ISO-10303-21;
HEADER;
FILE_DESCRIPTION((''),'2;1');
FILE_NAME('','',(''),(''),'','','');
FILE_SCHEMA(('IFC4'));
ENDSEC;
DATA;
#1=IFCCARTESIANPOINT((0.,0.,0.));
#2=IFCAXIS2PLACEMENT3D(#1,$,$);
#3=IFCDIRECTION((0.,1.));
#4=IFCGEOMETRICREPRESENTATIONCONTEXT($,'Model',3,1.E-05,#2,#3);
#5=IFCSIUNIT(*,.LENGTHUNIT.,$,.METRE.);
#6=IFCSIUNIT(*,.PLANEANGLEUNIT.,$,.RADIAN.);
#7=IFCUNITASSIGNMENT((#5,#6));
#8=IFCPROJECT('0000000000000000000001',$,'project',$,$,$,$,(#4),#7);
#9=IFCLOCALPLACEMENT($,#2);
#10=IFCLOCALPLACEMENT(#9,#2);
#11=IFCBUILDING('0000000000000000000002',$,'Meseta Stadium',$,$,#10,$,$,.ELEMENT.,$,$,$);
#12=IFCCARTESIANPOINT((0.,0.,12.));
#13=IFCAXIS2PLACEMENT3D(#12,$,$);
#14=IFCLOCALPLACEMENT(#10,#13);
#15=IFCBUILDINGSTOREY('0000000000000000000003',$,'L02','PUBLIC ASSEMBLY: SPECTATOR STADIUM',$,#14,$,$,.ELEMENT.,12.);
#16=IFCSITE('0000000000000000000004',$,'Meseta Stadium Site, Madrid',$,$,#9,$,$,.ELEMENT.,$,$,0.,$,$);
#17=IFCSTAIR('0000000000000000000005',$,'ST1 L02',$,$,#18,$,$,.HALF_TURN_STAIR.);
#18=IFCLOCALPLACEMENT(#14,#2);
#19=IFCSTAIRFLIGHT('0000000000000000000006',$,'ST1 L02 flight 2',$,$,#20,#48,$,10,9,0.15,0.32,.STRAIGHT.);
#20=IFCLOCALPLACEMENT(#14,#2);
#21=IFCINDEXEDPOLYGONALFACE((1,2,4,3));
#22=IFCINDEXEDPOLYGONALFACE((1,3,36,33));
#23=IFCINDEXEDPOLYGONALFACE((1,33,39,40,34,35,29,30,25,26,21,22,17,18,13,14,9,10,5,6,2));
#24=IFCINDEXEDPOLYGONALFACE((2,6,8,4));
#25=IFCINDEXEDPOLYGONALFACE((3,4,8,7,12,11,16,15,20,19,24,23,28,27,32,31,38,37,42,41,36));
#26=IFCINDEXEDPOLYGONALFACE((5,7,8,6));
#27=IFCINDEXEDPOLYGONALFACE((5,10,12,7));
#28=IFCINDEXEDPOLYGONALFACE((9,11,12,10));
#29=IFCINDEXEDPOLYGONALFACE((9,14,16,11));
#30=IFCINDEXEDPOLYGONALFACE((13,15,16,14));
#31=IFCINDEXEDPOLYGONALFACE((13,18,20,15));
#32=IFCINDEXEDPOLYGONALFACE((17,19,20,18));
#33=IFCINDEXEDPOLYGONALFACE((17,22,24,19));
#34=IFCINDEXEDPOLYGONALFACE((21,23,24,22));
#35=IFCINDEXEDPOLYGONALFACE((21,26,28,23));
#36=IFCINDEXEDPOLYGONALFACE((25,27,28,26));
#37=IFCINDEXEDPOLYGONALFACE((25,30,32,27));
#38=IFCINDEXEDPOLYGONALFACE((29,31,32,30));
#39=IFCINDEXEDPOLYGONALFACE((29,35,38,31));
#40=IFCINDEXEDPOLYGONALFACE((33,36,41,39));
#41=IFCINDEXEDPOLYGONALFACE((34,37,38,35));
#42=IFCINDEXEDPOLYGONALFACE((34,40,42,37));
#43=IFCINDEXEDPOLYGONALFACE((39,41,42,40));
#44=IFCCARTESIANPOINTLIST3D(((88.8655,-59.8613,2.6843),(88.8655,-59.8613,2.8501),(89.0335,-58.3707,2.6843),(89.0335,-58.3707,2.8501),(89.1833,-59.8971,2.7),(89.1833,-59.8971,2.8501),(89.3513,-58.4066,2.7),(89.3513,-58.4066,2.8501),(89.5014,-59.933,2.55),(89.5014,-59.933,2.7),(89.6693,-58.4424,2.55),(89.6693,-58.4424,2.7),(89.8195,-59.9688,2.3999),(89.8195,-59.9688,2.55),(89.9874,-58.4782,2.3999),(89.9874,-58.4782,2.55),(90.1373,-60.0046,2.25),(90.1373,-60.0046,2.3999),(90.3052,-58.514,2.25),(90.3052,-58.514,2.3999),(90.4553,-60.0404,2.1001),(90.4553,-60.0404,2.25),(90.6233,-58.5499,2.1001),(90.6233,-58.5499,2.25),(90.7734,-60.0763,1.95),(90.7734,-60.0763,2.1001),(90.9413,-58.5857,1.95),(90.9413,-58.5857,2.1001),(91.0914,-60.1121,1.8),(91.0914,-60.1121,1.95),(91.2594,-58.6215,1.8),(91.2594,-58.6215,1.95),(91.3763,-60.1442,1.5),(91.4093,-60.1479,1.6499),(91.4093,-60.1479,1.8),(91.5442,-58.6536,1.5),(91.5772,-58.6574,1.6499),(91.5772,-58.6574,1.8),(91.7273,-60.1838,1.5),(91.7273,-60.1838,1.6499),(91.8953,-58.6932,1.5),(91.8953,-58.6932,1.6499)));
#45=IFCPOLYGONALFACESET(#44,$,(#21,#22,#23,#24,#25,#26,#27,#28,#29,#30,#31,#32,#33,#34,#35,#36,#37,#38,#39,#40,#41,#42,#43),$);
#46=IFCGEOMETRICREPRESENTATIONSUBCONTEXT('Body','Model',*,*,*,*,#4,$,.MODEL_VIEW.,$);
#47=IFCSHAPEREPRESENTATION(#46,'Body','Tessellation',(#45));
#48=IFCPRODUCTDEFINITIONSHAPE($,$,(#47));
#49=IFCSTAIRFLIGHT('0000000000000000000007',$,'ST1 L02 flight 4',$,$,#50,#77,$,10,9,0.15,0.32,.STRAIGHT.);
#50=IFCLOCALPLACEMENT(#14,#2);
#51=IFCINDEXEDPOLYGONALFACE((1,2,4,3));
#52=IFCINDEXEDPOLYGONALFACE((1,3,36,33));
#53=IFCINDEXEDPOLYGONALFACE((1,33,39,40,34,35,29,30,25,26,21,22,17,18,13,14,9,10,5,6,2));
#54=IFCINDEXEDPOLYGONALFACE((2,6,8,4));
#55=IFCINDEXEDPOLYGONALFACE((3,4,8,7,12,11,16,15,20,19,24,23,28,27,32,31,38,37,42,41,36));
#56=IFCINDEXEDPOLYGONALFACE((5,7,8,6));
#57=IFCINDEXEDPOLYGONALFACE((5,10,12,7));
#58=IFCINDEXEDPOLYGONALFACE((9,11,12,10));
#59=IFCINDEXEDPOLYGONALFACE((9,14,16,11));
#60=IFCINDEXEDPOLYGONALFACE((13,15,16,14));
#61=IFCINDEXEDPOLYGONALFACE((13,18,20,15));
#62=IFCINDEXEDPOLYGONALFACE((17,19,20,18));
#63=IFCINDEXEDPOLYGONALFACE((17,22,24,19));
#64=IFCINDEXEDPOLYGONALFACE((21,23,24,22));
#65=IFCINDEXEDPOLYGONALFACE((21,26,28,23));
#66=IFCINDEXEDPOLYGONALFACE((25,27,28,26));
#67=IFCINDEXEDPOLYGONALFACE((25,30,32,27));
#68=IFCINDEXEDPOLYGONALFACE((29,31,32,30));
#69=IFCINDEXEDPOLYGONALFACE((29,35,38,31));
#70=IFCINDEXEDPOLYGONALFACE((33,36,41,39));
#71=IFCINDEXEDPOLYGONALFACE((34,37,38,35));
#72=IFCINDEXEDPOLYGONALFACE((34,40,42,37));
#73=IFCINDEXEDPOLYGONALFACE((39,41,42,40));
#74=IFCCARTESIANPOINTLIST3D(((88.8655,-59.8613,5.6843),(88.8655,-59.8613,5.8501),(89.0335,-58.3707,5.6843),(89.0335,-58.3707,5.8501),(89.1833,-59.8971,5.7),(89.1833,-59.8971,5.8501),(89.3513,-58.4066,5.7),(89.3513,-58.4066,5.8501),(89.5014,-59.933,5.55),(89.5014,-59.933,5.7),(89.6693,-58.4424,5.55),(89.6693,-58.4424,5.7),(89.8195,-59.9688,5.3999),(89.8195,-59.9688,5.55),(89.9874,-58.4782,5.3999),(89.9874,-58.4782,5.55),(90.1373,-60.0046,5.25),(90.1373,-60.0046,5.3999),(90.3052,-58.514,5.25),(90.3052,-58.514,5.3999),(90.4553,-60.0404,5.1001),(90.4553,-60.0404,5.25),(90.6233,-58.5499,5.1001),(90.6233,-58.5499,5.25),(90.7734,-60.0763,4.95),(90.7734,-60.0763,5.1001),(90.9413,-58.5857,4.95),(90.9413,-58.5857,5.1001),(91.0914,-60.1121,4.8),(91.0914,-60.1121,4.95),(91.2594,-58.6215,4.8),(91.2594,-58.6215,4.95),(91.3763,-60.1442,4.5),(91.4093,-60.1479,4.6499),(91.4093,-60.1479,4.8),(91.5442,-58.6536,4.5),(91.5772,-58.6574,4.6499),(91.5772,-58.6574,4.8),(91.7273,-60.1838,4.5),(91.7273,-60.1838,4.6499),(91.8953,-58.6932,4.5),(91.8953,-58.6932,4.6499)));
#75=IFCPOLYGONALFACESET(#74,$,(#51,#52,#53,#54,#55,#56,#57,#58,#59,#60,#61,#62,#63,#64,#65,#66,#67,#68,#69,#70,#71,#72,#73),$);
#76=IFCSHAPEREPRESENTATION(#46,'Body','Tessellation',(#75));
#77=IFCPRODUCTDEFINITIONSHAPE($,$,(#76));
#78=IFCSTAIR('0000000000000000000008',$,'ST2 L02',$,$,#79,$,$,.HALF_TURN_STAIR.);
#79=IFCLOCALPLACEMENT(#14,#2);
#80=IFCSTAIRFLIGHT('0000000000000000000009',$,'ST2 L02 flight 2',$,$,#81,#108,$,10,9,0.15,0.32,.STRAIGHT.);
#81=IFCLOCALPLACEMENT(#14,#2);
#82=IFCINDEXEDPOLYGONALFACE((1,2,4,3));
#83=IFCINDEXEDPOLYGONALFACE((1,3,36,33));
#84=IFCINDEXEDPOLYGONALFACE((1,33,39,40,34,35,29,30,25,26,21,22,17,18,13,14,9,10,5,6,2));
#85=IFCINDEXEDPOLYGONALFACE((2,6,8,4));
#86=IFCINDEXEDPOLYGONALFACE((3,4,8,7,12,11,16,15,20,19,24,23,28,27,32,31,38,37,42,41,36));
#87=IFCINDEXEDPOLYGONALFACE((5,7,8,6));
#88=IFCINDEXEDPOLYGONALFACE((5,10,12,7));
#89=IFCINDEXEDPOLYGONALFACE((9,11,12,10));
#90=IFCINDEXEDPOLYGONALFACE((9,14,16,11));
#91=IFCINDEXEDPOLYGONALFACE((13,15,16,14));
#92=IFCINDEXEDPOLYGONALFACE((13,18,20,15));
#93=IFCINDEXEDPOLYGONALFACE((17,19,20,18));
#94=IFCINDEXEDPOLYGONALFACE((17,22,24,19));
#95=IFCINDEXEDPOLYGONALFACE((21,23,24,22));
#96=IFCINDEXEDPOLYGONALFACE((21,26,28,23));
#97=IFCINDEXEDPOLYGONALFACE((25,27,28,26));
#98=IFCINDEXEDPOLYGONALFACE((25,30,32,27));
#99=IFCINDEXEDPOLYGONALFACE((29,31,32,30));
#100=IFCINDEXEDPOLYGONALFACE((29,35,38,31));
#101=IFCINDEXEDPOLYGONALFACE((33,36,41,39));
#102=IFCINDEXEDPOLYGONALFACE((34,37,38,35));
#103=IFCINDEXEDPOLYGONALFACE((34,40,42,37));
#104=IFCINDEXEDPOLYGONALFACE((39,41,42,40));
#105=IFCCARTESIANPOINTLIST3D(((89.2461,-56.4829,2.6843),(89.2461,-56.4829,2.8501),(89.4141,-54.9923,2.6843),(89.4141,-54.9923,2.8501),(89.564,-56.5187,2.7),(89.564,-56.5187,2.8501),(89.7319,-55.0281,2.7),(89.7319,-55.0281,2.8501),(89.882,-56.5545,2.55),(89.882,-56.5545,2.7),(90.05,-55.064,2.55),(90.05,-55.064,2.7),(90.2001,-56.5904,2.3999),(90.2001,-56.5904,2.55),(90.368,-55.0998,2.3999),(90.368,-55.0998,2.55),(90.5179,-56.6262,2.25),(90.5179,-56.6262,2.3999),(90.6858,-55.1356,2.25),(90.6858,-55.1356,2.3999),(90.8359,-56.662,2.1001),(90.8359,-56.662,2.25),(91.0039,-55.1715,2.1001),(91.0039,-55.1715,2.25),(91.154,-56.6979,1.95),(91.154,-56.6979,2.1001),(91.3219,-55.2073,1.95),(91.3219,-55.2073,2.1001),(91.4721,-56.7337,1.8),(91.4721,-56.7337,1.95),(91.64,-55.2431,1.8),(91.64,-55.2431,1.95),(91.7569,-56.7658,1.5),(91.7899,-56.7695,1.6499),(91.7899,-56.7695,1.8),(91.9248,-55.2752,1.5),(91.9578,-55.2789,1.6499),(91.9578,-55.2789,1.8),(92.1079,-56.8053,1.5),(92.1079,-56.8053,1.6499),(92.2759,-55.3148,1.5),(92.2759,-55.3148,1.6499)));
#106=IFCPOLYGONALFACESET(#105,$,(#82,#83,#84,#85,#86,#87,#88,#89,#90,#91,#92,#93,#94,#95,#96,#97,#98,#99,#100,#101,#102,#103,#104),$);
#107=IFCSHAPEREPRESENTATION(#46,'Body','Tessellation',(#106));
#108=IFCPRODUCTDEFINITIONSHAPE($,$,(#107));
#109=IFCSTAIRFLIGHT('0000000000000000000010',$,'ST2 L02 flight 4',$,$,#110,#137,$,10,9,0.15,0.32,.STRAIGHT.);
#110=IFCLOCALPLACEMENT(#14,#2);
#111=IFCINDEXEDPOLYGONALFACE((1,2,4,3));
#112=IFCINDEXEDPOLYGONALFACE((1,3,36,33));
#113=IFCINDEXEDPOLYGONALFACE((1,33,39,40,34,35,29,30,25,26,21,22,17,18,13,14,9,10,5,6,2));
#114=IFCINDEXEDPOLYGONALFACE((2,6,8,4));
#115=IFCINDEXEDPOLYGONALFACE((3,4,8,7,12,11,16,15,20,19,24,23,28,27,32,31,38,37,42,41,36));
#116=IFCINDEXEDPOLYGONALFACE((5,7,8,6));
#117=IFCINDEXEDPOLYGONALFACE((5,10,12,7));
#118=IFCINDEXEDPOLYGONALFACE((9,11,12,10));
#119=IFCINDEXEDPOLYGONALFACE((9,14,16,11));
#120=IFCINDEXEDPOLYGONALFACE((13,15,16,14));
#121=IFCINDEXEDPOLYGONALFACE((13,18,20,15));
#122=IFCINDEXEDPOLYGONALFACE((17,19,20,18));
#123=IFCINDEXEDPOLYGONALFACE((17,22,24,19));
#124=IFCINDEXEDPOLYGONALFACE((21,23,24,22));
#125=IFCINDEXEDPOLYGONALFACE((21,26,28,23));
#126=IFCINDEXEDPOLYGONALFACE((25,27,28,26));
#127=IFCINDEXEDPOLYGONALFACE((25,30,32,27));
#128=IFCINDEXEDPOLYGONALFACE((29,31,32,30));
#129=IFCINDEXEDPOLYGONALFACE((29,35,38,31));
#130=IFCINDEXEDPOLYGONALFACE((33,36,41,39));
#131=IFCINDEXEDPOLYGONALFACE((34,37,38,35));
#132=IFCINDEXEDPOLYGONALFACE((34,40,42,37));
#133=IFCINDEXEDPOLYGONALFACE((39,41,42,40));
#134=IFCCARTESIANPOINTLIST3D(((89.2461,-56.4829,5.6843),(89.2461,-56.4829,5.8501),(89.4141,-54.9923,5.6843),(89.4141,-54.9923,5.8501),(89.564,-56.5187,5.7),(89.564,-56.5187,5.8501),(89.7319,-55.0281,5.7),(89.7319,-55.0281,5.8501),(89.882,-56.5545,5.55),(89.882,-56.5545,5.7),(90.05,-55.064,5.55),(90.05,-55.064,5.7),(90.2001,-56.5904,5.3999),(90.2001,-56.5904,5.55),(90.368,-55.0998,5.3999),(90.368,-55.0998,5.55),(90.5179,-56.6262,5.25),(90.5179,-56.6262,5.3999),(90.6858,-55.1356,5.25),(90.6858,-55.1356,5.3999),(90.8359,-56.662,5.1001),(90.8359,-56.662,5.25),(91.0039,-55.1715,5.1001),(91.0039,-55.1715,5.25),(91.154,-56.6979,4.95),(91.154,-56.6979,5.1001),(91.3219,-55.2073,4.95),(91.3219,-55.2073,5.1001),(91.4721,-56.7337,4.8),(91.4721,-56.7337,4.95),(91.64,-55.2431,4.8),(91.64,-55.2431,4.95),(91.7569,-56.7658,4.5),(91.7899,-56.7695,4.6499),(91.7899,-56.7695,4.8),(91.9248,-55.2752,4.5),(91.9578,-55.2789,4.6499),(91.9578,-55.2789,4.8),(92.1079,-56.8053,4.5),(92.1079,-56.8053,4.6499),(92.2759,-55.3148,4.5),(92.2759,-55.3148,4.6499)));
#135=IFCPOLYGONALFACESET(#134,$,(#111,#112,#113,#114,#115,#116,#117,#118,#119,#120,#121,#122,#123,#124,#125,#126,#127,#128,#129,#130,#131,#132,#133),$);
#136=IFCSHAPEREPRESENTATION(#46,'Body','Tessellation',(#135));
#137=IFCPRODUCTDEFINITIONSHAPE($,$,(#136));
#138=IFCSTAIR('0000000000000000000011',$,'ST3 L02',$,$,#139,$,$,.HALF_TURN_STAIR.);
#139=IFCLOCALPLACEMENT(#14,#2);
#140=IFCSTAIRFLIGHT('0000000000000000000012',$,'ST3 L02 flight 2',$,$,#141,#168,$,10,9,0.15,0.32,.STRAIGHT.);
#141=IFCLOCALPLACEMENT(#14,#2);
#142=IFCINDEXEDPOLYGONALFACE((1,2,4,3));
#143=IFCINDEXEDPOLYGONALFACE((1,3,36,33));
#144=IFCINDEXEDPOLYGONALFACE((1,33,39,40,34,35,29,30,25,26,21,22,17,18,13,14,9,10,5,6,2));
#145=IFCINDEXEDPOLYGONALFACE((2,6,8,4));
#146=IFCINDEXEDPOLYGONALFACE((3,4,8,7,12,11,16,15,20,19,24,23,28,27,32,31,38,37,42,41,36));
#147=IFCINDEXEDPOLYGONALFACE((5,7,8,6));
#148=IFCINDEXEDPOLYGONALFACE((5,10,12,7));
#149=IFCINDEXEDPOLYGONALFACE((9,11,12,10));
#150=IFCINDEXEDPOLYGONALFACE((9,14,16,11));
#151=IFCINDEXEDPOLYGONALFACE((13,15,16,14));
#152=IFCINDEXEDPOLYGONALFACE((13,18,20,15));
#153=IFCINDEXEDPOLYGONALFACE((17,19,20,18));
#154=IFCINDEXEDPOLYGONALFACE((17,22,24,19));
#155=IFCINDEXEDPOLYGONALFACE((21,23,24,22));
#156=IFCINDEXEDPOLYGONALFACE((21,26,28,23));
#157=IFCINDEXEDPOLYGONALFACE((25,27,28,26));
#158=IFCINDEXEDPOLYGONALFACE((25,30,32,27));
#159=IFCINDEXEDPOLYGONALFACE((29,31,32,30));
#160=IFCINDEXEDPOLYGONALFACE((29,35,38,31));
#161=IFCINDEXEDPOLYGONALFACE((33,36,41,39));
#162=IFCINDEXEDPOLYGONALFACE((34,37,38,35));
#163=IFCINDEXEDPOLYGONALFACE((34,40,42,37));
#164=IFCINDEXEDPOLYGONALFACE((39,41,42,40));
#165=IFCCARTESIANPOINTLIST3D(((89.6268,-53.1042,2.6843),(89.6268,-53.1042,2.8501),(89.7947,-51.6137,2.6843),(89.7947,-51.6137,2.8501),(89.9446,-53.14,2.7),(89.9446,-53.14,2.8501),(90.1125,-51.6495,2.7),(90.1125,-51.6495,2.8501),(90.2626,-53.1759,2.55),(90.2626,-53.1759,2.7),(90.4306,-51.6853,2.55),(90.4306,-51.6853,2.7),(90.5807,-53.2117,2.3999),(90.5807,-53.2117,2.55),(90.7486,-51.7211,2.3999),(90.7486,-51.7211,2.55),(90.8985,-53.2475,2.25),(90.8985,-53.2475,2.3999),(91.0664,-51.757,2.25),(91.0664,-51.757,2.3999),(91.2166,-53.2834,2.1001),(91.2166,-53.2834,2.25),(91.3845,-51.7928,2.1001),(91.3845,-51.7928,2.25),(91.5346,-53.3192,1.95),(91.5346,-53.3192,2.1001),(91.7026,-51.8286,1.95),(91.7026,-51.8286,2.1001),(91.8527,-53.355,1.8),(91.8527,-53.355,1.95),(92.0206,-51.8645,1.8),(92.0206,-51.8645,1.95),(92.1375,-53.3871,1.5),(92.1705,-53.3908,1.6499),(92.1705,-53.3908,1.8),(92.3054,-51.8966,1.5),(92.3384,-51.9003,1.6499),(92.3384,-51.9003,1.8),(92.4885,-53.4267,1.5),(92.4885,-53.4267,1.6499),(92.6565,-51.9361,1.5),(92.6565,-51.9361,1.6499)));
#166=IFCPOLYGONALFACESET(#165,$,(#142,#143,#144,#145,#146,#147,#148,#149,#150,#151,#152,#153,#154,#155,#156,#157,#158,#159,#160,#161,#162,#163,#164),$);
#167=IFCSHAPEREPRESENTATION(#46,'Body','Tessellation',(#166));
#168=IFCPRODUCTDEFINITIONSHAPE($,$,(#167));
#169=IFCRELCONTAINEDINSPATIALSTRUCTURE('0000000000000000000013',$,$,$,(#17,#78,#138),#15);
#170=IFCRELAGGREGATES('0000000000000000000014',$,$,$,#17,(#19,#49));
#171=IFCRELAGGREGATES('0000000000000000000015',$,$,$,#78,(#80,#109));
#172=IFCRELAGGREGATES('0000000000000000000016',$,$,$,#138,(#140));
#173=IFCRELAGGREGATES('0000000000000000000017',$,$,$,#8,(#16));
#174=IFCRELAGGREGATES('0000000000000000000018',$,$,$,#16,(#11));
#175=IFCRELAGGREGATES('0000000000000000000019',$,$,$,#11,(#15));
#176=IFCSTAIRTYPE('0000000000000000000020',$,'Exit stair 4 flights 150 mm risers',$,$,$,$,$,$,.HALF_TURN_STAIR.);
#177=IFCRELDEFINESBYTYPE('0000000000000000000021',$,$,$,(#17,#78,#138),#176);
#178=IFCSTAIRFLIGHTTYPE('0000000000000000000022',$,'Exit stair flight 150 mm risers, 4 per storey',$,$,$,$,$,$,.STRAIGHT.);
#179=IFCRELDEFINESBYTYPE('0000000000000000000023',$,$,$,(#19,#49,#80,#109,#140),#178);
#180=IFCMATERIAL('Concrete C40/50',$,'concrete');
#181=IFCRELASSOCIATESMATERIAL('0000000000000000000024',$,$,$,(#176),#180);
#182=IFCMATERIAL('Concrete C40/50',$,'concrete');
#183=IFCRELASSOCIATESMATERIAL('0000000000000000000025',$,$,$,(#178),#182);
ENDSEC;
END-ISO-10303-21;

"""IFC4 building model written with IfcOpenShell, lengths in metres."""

from ifc_helpers import new_model, si_unit, direction, frame, origin, place, context, subcontext, project, spatial, polyline, outline, extrude, material, type_object, element, aggregate, save


model = new_model("IFC4")

# Units and contexts
model_context = context("Model", 3, precision=1e-05, world=origin(), true_north=direction((0.0, 1.0)))
body_context = subcontext(model_context, "Body", "Model", "MODEL_VIEW")
ifc_project = project(units=[si_unit("LENGTHUNIT", "METRE"), si_unit("PLANEANGLEUNIT", "RADIAN")], contexts=[model_context])

# Site, building, storey
site_placement = place(None, origin())
site = spatial("IfcSite", under=ifc_project, at=site_placement, Name="Meseta Stadium Site, Madrid", CompositionType="ELEMENT", RefElevation=0.0)
building_placement = place(site_placement, origin())
building = spatial("IfcBuilding", under=site, at=building_placement, Name="Meseta Stadium", CompositionType="ELEMENT")
storey_placement = place(building_placement, frame((0.0, 0.0, 12.0)))
storey = spatial("IfcBuildingStorey", under=building, at=storey_placement, Name="L02", Description="PUBLIC ASSEMBLY: SPECTATOR STADIUM", CompositionType="ELEMENT", Elevation=12.0)

# Stairs, stair flights
ifc_material_1 = material(Name="Concrete C40/50", Category="concrete")
stair_type = type_object("IfcStairType", Name="Exit stair 4 flights 150 mm risers", PredefinedType="HALF_TURN_STAIR", material=ifc_material_1)
stair_1_placement = place(storey_placement, origin())
stair_1 = element("IfcStair", 1, at=stair_1_placement, inside=storey, type_object=stair_type, Name="ST1 L02", PredefinedType="HALF_TURN_STAIR")
ifc_material_2 = material(Name="Concrete C40/50", Category="concrete")
stair_flight_type = type_object("IfcStairFlightType", Name="Exit stair flight 150 mm risers, 4 per storey", PredefinedType="STRAIGHT", material=ifc_material_2)
stair_flight_1_placement = place(storey_placement, frame((91.8113, -59.4385, 1.5), z_axis=(0.0, 0.0, 1.0), x_axis=(-0.993712, 0.111964, 0.0)))
stair_flight_1 = element("IfcStairFlight", 2, at=stair_flight_1_placement, type_object=stair_flight_type, Name="ST1 L02 flight 2", NumberOfRisers=10, NumberOfTreads=9, PredefinedType="STRAIGHT", RiserHeight=0.15, TreadLength=0.32, context=body_context, shape_type="SweptSolid", body=[
    extrude(outline(polyline([(0.0, 0.0), (0.0, 0.1499), (0.3201, 0.1499), (0.3201, 0.3), (0.6399, 0.3), (0.6399, 0.45), (0.96, 0.45), (0.96, 0.6001), (1.28, 0.6001), (1.28, 0.75), (1.6001, 0.75), (1.6001, 0.8999), (1.9199, 0.8999), (1.9199, 1.05), (2.24, 1.05), (2.24, 1.2), (2.5601, 1.2), (2.5601, 1.3501), (2.8799, 1.3501), (2.8799, 1.1843), (0.3533, 0.0), (0.0, 0.0)])), frame((0.0, 0.75, 0.0), z_axis=(0.0, -1.0, 0.0), x_axis=(1.0, 0.0, 0.0)), (0.0, 0.0, 1.0), 1.5),
])
stair_flight_2_placement = place(storey_placement, frame((91.8113, -59.4385, 4.5), z_axis=(0.0, 0.0, 1.0), x_axis=(-0.993712, 0.111964, 0.0)))
stair_flight_2 = element("IfcStairFlight", 3, at=stair_flight_2_placement, type_object=stair_flight_type, Name="ST1 L02 flight 4", NumberOfRisers=10, NumberOfTreads=9, PredefinedType="STRAIGHT", RiserHeight=0.15, TreadLength=0.32, context=body_context, shape_type="SweptSolid", body=[
    extrude(outline(polyline([(0.0, 0.0), (0.0, 0.1499), (0.3201, 0.1499), (0.3201, 0.3), (0.6399, 0.3), (0.6399, 0.45), (0.96, 0.45), (0.96, 0.6001), (1.28, 0.6001), (1.28, 0.75), (1.6001, 0.75), (1.6001, 0.8999), (1.9199, 0.8999), (1.9199, 1.05), (2.24, 1.05), (2.24, 1.2), (2.5601, 1.2), (2.5601, 1.3501), (2.8799, 1.3501), (2.8799, 1.1843), (0.3533, 0.0), (0.0, 0.0)])), frame((0.0, 0.75, 0.0), z_axis=(0.0, -1.0, 0.0), x_axis=(1.0, 0.0, 0.0)), (0.0, 0.0, 1.0), 1.5),
])
aggregate(stair_1, [stair_flight_1, stair_flight_2])
stair_2_placement = place(storey_placement, origin())
stair_2 = element("IfcStair", 4, at=stair_2_placement, inside=storey, type_object=stair_type, Name="ST2 L02", PredefinedType="HALF_TURN_STAIR")
stair_flight_3_placement = place(storey_placement, frame((92.1919, -56.0601, 1.5), z_axis=(0.0, 0.0, 1.0), x_axis=(-0.993712, 0.111964, 0.0)))
stair_flight_3 = element("IfcStairFlight", 5, at=stair_flight_3_placement, type_object=stair_flight_type, Name="ST2 L02 flight 2", NumberOfRisers=10, NumberOfTreads=9, PredefinedType="STRAIGHT", RiserHeight=0.15, TreadLength=0.32, context=body_context, shape_type="SweptSolid", body=[
    extrude(outline(polyline([(0.0, 0.0), (0.0, 0.1499), (0.3201, 0.1499), (0.3201, 0.3), (0.6399, 0.3), (0.6399, 0.45), (0.96, 0.45), (0.96, 0.6001), (1.28, 0.6001), (1.28, 0.75), (1.6001, 0.75), (1.6001, 0.8999), (1.9199, 0.8999), (1.9199, 1.05), (2.24, 1.05), (2.24, 1.2), (2.5601, 1.2), (2.5601, 1.3501), (2.8799, 1.3501), (2.8799, 1.1843), (0.3533, 0.0), (0.0, 0.0)])), frame((0.0, 0.75, 0.0), z_axis=(0.0, -1.0, 0.0), x_axis=(1.0, 0.0, 0.0)), (0.0, 0.0, 1.0), 1.5),
])
stair_flight_4_placement = place(storey_placement, frame((92.1919, -56.0601, 4.5), z_axis=(0.0, 0.0, 1.0), x_axis=(-0.993712, 0.111964, 0.0)))
stair_flight_4 = element("IfcStairFlight", 6, at=stair_flight_4_placement, type_object=stair_flight_type, Name="ST2 L02 flight 4", NumberOfRisers=10, NumberOfTreads=9, PredefinedType="STRAIGHT", RiserHeight=0.15, TreadLength=0.32, context=body_context, shape_type="SweptSolid", body=[
    extrude(outline(polyline([(0.0, 0.0), (0.0, 0.1499), (0.3201, 0.1499), (0.3201, 0.3), (0.6399, 0.3), (0.6399, 0.45), (0.96, 0.45), (0.96, 0.6001), (1.28, 0.6001), (1.28, 0.75), (1.6001, 0.75), (1.6001, 0.8999), (1.9199, 0.8999), (1.9199, 1.05), (2.24, 1.05), (2.24, 1.2), (2.5601, 1.2), (2.5601, 1.3501), (2.8799, 1.3501), (2.8799, 1.1843), (0.3533, 0.0), (0.0, 0.0)])), frame((0.0, 0.75, 0.0), z_axis=(0.0, -1.0, 0.0), x_axis=(1.0, 0.0, 0.0)), (0.0, 0.0, 1.0), 1.5),
])
aggregate(stair_2, [stair_flight_3, stair_flight_4])
stair_3_placement = place(storey_placement, origin())
stair_3 = element("IfcStair", 7, at=stair_3_placement, inside=storey, type_object=stair_type, Name="ST3 L02", PredefinedType="HALF_TURN_STAIR")
stair_flight_5_placement = place(storey_placement, frame((92.5725, -52.6814, 1.5), z_axis=(0.0, 0.0, 1.0), x_axis=(-0.993712, 0.111964, 0.0)))
stair_flight_5 = element("IfcStairFlight", 8, at=stair_flight_5_placement, type_object=stair_flight_type, Name="ST3 L02 flight 2", NumberOfRisers=10, NumberOfTreads=9, PredefinedType="STRAIGHT", RiserHeight=0.15, TreadLength=0.32, context=body_context, shape_type="SweptSolid", body=[
    extrude(outline(polyline([(0.0, 0.0), (0.0, 0.1499), (0.3201, 0.1499), (0.3201, 0.3), (0.6399, 0.3), (0.6399, 0.45), (0.96, 0.45), (0.96, 0.6001), (1.28, 0.6001), (1.28, 0.75), (1.6001, 0.75), (1.6001, 0.8999), (1.9199, 0.8999), (1.9199, 1.05), (2.24, 1.05), (2.24, 1.2), (2.5601, 1.2), (2.5601, 1.3501), (2.8799, 1.3501), (2.8799, 1.1843), (0.3533, 0.0), (0.0, 0.0)])), frame((0.0, 0.75, 0.0), z_axis=(0.0, -1.0, 0.0), x_axis=(1.0, 0.0, 0.0)), (0.0, 0.0, 1.0), 1.5),
])
aggregate(stair_3, [stair_flight_5])

save(model, "model.ifc")
